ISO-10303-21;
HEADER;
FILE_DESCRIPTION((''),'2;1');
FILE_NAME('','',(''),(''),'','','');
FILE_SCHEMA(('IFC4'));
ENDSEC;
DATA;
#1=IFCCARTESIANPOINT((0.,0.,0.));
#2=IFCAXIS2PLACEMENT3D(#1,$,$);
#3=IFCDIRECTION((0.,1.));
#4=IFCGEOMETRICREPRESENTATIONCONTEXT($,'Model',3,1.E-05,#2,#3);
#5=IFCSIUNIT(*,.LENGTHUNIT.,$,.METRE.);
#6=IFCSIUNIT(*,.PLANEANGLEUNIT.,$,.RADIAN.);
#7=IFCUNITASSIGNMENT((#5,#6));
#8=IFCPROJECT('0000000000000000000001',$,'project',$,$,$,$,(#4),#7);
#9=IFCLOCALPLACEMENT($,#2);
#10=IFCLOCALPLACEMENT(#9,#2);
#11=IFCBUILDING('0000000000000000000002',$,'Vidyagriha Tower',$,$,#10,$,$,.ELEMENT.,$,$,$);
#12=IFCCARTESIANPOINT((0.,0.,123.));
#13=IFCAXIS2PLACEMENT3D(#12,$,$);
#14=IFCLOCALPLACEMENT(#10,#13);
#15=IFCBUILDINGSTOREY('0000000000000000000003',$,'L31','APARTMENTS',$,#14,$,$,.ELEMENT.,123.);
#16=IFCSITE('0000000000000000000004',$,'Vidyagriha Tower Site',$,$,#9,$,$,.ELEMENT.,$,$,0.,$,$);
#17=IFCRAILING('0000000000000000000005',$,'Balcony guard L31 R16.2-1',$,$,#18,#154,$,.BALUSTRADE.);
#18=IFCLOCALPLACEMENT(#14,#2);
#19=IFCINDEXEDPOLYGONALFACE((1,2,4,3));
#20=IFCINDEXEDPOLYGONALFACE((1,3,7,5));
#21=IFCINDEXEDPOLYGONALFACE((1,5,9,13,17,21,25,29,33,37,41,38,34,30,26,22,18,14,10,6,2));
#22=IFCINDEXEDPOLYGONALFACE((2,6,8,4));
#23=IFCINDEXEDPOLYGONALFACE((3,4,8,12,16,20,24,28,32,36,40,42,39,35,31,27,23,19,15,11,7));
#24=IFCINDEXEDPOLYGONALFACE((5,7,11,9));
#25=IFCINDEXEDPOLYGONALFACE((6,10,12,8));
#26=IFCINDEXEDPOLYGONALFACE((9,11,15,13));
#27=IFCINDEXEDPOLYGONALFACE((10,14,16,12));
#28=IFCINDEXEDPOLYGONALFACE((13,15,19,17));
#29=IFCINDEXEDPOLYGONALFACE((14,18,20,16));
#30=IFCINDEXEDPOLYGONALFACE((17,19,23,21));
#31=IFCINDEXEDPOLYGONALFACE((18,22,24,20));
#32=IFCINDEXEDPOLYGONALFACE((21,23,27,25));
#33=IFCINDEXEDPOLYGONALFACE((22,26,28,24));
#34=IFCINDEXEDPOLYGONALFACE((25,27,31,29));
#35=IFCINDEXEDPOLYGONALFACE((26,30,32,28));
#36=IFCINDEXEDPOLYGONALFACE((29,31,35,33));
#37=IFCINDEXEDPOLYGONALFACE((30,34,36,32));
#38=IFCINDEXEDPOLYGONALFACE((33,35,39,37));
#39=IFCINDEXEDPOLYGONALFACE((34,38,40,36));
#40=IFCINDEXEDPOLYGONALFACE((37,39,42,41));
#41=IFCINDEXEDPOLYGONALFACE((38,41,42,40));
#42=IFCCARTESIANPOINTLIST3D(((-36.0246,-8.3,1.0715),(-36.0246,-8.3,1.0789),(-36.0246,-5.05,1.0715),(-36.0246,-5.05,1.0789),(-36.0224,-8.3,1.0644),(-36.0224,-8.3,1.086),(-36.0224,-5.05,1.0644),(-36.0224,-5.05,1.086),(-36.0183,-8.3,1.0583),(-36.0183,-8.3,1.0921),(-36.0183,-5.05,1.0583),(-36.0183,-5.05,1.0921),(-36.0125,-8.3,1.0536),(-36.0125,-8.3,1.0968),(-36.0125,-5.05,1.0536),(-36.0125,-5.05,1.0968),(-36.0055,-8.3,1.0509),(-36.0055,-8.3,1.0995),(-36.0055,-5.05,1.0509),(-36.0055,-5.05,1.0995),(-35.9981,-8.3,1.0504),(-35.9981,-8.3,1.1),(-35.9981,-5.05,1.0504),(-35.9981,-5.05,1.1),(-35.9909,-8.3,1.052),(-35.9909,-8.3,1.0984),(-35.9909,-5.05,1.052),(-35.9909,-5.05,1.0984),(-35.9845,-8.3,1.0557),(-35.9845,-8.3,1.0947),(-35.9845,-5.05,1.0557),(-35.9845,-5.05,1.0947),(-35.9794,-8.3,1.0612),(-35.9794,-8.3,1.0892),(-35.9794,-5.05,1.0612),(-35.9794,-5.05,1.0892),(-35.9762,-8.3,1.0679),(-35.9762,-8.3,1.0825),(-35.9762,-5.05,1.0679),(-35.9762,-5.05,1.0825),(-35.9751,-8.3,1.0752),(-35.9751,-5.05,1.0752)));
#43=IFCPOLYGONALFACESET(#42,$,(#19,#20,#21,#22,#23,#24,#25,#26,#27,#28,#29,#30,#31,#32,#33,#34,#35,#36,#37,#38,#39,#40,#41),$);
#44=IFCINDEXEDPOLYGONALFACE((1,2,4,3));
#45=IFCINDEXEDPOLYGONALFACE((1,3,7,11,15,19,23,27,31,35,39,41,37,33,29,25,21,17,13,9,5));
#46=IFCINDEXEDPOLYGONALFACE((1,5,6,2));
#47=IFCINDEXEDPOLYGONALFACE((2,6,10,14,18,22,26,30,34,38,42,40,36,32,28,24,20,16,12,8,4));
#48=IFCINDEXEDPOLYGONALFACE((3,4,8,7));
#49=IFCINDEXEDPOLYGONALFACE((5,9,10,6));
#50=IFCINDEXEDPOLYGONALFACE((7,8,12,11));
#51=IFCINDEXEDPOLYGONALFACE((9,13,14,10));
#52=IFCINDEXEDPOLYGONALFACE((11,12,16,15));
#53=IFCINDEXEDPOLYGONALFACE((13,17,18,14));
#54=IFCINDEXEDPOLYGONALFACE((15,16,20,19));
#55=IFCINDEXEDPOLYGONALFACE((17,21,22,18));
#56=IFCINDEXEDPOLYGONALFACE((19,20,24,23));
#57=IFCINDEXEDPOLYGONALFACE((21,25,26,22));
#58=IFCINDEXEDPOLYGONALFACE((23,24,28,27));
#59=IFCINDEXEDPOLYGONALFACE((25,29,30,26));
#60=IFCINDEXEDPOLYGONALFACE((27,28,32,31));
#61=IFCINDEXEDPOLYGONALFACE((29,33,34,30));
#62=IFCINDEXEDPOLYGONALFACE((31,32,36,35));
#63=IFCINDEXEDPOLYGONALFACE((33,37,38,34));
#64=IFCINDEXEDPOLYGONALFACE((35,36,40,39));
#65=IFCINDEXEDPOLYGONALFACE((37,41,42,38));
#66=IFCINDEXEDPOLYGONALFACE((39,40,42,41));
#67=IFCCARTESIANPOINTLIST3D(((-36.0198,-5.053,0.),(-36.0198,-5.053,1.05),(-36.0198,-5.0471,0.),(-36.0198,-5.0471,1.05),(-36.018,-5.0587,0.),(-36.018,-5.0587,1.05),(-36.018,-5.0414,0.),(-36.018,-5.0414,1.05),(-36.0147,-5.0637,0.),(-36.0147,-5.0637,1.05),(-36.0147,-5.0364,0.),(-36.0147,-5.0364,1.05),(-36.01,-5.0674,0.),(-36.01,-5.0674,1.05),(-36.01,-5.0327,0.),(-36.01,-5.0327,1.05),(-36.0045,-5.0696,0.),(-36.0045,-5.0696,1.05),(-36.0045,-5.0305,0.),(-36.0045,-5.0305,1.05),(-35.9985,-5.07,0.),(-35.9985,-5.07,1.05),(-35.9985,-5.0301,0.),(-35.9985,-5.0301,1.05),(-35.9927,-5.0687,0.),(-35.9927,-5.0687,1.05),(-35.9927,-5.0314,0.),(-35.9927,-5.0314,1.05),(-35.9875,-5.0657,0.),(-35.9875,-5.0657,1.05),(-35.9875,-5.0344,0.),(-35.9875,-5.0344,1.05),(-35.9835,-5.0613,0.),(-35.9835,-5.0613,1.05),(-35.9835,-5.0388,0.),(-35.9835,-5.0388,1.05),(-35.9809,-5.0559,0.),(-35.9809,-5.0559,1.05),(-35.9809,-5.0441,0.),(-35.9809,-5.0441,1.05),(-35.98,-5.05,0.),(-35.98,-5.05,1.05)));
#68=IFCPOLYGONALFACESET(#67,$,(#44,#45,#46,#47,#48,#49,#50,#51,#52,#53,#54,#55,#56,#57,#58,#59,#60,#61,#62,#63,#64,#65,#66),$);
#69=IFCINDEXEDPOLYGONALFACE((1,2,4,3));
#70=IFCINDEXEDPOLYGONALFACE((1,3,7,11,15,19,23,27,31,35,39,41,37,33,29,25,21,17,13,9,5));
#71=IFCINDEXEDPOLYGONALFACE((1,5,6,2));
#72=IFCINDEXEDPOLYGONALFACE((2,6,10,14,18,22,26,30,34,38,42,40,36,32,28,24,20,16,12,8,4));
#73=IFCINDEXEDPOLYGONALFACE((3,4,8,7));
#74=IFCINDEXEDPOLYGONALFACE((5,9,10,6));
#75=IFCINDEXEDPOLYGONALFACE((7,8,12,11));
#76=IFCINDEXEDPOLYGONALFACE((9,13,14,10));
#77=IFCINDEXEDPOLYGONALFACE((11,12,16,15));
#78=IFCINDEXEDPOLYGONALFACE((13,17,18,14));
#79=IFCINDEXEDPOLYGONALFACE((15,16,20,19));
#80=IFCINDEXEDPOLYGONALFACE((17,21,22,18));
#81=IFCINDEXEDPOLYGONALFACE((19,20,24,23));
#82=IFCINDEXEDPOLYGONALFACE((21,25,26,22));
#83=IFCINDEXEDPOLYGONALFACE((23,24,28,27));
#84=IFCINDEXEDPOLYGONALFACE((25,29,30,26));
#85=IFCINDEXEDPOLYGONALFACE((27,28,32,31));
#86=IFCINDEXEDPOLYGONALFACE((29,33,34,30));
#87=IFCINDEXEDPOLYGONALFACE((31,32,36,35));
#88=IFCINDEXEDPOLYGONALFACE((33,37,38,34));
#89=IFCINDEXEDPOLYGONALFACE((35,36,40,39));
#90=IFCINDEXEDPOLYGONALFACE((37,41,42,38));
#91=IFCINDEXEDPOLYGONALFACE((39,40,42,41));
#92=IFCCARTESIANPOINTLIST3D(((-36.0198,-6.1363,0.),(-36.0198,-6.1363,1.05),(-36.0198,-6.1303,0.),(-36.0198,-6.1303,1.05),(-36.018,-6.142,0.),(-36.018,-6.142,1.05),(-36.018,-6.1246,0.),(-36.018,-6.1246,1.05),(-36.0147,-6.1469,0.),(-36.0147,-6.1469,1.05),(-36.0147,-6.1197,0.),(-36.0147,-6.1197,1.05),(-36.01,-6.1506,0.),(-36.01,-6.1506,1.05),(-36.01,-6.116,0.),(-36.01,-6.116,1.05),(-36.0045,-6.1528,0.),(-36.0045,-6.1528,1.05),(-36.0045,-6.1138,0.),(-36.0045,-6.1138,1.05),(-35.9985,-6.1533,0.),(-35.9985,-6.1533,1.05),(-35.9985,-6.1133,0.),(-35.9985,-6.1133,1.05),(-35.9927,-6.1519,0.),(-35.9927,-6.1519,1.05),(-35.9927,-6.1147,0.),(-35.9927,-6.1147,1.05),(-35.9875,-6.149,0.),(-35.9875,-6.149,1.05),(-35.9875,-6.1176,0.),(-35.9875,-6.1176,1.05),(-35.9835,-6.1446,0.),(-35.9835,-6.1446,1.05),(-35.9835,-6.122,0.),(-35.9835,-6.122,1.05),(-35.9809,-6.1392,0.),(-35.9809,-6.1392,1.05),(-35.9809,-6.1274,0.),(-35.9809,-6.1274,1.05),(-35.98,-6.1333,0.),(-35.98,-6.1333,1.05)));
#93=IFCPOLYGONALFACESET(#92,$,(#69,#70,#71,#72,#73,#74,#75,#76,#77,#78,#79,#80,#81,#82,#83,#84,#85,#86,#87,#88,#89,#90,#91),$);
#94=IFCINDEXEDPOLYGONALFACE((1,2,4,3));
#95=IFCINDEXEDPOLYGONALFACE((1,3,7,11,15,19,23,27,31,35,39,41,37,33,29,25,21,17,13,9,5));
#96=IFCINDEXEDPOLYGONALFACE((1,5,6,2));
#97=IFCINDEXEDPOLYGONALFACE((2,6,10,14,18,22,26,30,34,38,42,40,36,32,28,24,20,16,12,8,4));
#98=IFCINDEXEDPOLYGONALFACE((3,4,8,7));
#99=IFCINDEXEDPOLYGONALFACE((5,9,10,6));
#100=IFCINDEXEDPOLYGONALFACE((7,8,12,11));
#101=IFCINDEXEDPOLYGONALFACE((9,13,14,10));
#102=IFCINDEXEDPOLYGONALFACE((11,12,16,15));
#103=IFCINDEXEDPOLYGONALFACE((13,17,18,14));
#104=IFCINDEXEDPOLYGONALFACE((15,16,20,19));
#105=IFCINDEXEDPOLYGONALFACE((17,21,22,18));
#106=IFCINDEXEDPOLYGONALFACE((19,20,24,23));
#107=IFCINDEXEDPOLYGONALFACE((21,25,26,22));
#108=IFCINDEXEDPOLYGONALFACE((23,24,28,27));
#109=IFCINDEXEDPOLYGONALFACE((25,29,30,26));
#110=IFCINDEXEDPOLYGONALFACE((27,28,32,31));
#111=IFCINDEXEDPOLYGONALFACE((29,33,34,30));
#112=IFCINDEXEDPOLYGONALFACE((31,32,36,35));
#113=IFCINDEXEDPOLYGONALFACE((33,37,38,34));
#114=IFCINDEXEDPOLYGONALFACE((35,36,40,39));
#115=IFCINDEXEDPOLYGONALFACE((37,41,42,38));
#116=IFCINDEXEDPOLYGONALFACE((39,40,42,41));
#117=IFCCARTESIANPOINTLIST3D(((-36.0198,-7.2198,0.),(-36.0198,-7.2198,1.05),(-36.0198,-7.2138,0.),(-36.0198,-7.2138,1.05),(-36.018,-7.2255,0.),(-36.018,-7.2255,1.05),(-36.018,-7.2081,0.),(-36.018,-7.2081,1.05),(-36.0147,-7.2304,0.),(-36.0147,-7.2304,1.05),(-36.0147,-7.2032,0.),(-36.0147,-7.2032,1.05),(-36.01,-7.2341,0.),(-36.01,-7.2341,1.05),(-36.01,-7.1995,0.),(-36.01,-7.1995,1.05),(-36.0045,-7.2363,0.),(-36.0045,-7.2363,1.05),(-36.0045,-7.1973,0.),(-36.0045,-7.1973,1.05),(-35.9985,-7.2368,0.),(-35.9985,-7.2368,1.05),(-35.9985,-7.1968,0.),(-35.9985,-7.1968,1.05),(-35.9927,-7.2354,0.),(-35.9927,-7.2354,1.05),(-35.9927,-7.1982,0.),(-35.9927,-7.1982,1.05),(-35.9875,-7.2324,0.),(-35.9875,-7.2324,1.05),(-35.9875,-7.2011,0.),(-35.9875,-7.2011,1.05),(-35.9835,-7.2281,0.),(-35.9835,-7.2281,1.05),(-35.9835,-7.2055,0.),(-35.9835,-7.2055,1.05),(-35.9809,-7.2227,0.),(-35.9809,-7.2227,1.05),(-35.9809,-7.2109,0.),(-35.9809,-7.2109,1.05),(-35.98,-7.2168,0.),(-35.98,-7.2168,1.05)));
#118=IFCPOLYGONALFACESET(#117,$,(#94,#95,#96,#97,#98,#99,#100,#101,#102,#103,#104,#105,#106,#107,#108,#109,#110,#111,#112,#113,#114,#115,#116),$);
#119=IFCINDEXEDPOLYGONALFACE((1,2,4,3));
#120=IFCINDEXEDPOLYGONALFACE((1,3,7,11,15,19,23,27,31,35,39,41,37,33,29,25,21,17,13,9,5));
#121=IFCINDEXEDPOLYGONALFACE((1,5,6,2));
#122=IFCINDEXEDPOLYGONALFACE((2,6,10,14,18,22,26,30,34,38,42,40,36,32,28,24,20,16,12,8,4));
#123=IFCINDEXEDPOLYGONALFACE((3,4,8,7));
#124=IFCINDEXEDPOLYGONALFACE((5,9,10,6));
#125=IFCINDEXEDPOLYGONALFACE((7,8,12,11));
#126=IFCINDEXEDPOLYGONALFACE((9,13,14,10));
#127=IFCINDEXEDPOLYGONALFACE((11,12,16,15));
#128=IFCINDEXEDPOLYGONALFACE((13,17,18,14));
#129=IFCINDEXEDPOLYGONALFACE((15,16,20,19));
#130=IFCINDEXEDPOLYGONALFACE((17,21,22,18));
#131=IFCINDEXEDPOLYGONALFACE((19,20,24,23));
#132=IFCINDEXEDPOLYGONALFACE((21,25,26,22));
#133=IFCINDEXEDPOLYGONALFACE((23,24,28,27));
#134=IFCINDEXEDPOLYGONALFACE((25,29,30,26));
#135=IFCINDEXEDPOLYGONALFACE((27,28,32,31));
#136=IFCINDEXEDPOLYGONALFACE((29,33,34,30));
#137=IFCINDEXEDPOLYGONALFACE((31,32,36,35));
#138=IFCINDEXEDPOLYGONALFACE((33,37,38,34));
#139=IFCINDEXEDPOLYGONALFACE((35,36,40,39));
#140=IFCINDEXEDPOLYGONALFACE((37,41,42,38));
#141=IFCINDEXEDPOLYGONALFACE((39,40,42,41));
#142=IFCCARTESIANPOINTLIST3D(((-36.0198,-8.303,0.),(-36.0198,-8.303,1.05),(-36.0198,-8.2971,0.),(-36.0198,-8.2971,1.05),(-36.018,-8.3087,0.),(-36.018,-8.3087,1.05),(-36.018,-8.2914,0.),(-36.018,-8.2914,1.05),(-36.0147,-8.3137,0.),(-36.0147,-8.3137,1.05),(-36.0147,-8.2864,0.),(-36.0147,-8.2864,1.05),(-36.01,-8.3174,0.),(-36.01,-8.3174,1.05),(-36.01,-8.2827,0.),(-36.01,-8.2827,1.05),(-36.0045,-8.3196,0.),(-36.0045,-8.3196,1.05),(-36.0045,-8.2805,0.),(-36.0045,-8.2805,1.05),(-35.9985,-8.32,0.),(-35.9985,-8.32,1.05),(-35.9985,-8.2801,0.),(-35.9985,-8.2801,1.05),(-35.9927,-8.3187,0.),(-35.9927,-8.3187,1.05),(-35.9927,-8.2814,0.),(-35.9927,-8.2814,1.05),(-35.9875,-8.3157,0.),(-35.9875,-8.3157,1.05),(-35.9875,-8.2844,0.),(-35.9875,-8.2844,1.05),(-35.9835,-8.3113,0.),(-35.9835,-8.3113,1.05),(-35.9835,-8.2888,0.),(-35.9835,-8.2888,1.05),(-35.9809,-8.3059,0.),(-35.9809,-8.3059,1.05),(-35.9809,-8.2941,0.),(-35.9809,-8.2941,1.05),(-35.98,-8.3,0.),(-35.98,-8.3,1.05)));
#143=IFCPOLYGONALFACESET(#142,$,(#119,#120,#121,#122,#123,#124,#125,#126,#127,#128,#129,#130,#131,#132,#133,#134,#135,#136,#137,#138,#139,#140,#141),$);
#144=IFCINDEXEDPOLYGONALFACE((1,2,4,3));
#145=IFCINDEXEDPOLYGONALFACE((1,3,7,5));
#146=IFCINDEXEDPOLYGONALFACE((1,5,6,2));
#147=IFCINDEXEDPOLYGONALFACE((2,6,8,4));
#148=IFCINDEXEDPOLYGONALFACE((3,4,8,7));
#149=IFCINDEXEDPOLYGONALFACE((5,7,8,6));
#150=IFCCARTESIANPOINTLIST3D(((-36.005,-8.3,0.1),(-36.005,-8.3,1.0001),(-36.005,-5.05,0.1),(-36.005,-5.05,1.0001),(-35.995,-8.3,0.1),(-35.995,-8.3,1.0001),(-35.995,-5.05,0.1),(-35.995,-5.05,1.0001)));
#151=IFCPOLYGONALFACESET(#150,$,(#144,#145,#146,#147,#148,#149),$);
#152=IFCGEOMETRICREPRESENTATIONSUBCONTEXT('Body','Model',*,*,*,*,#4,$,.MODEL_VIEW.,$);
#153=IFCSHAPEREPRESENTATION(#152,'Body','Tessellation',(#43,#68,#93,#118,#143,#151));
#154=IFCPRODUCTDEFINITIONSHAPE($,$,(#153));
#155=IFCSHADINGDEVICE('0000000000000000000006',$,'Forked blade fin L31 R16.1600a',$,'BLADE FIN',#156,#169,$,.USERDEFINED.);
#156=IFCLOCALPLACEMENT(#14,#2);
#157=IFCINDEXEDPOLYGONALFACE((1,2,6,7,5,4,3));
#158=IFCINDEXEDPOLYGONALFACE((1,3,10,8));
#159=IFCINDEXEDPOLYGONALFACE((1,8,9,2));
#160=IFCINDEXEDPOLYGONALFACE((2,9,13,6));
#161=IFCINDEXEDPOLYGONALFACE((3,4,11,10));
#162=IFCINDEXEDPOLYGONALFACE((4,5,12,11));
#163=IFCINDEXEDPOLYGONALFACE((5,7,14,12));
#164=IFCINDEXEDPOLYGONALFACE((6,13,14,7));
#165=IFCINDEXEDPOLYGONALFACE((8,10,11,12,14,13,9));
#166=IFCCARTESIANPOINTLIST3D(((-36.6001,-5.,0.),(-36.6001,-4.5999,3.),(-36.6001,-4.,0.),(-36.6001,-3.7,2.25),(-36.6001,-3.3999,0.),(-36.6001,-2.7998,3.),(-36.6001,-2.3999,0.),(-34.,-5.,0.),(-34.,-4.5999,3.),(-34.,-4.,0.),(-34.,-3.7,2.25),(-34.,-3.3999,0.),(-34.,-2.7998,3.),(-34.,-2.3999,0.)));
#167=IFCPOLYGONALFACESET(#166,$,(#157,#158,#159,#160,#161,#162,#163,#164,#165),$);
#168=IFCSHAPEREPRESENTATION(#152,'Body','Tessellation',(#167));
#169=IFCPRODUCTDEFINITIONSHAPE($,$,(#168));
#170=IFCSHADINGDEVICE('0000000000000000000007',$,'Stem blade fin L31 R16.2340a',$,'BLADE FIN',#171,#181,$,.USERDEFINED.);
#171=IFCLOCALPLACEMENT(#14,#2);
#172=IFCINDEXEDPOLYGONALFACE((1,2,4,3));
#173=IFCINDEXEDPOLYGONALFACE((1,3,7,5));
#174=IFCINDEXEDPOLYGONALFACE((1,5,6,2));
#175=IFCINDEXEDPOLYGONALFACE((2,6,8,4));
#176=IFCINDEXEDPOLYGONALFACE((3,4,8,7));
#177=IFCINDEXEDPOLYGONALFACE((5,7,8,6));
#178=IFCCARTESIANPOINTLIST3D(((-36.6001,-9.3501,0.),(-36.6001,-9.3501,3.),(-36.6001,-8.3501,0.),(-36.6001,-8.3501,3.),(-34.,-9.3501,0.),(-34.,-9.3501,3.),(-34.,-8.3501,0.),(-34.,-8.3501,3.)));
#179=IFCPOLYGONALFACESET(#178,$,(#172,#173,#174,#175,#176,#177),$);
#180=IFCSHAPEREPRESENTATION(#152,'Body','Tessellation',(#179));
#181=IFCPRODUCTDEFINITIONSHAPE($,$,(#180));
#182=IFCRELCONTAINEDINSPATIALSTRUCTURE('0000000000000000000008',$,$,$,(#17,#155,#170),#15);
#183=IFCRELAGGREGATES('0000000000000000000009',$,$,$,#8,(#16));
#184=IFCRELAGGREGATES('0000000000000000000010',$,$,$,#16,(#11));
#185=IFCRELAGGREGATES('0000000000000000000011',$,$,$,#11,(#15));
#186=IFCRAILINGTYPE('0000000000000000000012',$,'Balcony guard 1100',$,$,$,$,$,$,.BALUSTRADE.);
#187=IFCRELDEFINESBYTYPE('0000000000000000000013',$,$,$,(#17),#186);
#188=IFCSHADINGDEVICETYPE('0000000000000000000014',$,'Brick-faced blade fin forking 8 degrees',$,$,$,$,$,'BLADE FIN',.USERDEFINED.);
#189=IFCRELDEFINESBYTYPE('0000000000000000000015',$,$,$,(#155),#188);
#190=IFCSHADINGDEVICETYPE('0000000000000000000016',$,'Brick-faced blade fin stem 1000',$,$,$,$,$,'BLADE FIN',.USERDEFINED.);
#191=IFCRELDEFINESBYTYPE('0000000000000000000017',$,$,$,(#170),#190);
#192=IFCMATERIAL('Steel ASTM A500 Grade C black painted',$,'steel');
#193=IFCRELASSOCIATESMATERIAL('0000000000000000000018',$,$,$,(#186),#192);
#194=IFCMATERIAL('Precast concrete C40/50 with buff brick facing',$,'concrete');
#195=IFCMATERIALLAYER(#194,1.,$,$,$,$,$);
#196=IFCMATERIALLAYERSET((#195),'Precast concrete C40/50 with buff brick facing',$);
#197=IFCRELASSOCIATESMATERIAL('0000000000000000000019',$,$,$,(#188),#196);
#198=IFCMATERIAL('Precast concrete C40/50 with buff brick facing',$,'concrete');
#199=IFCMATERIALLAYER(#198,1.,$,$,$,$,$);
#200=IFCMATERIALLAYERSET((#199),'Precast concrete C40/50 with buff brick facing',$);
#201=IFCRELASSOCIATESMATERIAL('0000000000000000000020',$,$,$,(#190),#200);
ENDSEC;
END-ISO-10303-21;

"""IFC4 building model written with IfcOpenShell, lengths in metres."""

from ifc_helpers import new_model, si_unit, direction, frame, origin, origin_2d, place, context, subcontext, project, spatial, polyline, rectangle, circle, outline, extrude, material, layer, layer_set, type_object, element, save


model = new_model("IFC4")

# Units and contexts
model_context = context("Model", 3, precision=1e-05, world=origin(), true_north=direction((0.0, 1.0)))
body_context = subcontext(model_context, "Body", "Model", "MODEL_VIEW")
ifc_project = project(units=[si_unit("LENGTHUNIT", "METRE"), si_unit("PLANEANGLEUNIT", "RADIAN")], contexts=[model_context])

# Site, building, storey
site_placement = place(None, origin())
site = spatial("IfcSite", under=ifc_project, at=site_placement, Name="Vidyagriha Tower Site", CompositionType="ELEMENT", RefElevation=0.0)
building_placement = place(site_placement, origin())
building = spatial("IfcBuilding", under=site, at=building_placement, Name="Vidyagriha Tower", CompositionType="ELEMENT")
storey_placement = place(building_placement, frame((0.0, 0.0, 123.0)))
storey = spatial("IfcBuildingStorey", under=building, at=storey_placement, Name="L31", Description="APARTMENTS", CompositionType="ELEMENT", Elevation=123.0)

# Railing
ifc_material_1 = material(Name="Steel ASTM A500 Grade C black painted", Category="steel")
railing_type_1 = type_object("IfcRailingType", Name="Balcony guard 1100", PredefinedType="BALUSTRADE", material=ifc_material_1)
railing_1_placement = place(storey_placement, frame((-36.0, -5.05, 0.0)))
element("IfcRailing", 1, at=railing_1_placement, inside=storey, type_object=railing_type_1, Name="Balcony guard L31 R16.2-1", PredefinedType="BALUSTRADE", context=body_context, shape_type="SweptSolid", body=[
    extrude(circle(Radius=0.0249, at=origin_2d()), frame((0.0, 0.0, 1.0752), z_axis=(0.0, -1.0, 0.0), x_axis=(1.0, 0.0, 0.0)), (0.0, 0.0, 1.0), 3.25),
    extrude(circle(Radius=0.02, at=origin_2d()), origin(), (0.0, 0.0, 1.0), 1.05),
    extrude(circle(Radius=0.02, at=origin_2d()), frame((0.0, -1.0833, 0.0)), (0.0, 0.0, 1.0), 1.05),
    extrude(circle(Radius=0.02, at=origin_2d()), frame((0.0, -2.1667, 0.0)), (0.0, 0.0, 1.0), 1.05),
    extrude(circle(Radius=0.02, at=origin_2d()), frame((0.0, -3.25, 0.0)), (0.0, 0.0, 1.0), 1.05),
    extrude(rectangle(XDim=0.01, YDim=0.9001, at=origin_2d()), frame((0.0, 0.0, 0.55), z_axis=(0.0, -1.0, 0.0), x_axis=(1.0, 0.0, 0.0)), (0.0, 0.0, 1.0), 3.25),
])

# Shading devices
ifc_material_2 = material(Name="Precast concrete C40/50 with buff brick facing", Category="concrete")
ifc_layer_1 = layer(ifc_material_2, 1.0)
ifc_layer_set_1 = layer_set([ifc_layer_1], Name="Precast concrete C40/50 with buff brick facing")
shading_device_type_1 = type_object("IfcShadingDeviceType", Name="Brick-faced blade fin forking 8 degrees", ElementType="BLADE FIN", PredefinedType="USERDEFINED", material=ifc_layer_set_1)
shading_device_1_placement = place(storey_placement, frame((-35.3, -2.3999, 0.0), z_axis=(0.0, 0.0, 1.0), x_axis=(0.0, -1.0, 0.0)))
element("IfcShadingDevice", 2, at=shading_device_1_placement, inside=storey, type_object=shading_device_type_1, Name="Forked blade fin L31 R16.1600a", ObjectType="BLADE FIN", PredefinedType="USERDEFINED", context=body_context, shape_type="SweptSolid", body=[
    extrude(outline(polyline([(1.0, 0.0), (1.3, 2.25), (1.6001, 0.0), (2.6001, 0.0), (2.2, 3.0), (0.3999, 3.0), (0.0, 0.0), (1.0, 0.0)])), frame((0.0, 1.3, 0.0), z_axis=(0.0, -1.0, 0.0), x_axis=(1.0, 0.0, 0.0)), (0.0, 0.0, 1.0), 2.6001),
])
ifc_material_3 = material(Name="Precast concrete C40/50 with buff brick facing", Category="concrete")
ifc_layer_2 = layer(ifc_material_3, 1.0)
ifc_layer_set_2 = layer_set([ifc_layer_2], Name="Precast concrete C40/50 with buff brick facing")
shading_device_type_2 = type_object("IfcShadingDeviceType", Name="Brick-faced blade fin stem 1000", ElementType="BLADE FIN", PredefinedType="USERDEFINED", material=ifc_layer_set_2)
shading_device_2_placement = place(storey_placement, frame((-35.3, -8.3501, 0.0), z_axis=(0.0, 0.0, 1.0), x_axis=(0.0, -1.0, 0.0)))
element("IfcShadingDevice", 3, at=shading_device_2_placement, inside=storey, type_object=shading_device_type_2, Name="Stem blade fin L31 R16.2340a", ObjectType="BLADE FIN", PredefinedType="USERDEFINED", context=body_context, shape_type="SweptSolid", body=[
    extrude(outline(polyline([(0.0, 0.0), (1.0, 0.0), (1.0, 3.0), (0.0, 3.0), (0.0, 0.0)])), frame((0.0, 1.3, 0.0), z_axis=(0.0, -1.0, 0.0), x_axis=(1.0, 0.0, 0.0)), (0.0, 0.0, 1.0), 2.6001),
])

save(model, "model.ifc")
